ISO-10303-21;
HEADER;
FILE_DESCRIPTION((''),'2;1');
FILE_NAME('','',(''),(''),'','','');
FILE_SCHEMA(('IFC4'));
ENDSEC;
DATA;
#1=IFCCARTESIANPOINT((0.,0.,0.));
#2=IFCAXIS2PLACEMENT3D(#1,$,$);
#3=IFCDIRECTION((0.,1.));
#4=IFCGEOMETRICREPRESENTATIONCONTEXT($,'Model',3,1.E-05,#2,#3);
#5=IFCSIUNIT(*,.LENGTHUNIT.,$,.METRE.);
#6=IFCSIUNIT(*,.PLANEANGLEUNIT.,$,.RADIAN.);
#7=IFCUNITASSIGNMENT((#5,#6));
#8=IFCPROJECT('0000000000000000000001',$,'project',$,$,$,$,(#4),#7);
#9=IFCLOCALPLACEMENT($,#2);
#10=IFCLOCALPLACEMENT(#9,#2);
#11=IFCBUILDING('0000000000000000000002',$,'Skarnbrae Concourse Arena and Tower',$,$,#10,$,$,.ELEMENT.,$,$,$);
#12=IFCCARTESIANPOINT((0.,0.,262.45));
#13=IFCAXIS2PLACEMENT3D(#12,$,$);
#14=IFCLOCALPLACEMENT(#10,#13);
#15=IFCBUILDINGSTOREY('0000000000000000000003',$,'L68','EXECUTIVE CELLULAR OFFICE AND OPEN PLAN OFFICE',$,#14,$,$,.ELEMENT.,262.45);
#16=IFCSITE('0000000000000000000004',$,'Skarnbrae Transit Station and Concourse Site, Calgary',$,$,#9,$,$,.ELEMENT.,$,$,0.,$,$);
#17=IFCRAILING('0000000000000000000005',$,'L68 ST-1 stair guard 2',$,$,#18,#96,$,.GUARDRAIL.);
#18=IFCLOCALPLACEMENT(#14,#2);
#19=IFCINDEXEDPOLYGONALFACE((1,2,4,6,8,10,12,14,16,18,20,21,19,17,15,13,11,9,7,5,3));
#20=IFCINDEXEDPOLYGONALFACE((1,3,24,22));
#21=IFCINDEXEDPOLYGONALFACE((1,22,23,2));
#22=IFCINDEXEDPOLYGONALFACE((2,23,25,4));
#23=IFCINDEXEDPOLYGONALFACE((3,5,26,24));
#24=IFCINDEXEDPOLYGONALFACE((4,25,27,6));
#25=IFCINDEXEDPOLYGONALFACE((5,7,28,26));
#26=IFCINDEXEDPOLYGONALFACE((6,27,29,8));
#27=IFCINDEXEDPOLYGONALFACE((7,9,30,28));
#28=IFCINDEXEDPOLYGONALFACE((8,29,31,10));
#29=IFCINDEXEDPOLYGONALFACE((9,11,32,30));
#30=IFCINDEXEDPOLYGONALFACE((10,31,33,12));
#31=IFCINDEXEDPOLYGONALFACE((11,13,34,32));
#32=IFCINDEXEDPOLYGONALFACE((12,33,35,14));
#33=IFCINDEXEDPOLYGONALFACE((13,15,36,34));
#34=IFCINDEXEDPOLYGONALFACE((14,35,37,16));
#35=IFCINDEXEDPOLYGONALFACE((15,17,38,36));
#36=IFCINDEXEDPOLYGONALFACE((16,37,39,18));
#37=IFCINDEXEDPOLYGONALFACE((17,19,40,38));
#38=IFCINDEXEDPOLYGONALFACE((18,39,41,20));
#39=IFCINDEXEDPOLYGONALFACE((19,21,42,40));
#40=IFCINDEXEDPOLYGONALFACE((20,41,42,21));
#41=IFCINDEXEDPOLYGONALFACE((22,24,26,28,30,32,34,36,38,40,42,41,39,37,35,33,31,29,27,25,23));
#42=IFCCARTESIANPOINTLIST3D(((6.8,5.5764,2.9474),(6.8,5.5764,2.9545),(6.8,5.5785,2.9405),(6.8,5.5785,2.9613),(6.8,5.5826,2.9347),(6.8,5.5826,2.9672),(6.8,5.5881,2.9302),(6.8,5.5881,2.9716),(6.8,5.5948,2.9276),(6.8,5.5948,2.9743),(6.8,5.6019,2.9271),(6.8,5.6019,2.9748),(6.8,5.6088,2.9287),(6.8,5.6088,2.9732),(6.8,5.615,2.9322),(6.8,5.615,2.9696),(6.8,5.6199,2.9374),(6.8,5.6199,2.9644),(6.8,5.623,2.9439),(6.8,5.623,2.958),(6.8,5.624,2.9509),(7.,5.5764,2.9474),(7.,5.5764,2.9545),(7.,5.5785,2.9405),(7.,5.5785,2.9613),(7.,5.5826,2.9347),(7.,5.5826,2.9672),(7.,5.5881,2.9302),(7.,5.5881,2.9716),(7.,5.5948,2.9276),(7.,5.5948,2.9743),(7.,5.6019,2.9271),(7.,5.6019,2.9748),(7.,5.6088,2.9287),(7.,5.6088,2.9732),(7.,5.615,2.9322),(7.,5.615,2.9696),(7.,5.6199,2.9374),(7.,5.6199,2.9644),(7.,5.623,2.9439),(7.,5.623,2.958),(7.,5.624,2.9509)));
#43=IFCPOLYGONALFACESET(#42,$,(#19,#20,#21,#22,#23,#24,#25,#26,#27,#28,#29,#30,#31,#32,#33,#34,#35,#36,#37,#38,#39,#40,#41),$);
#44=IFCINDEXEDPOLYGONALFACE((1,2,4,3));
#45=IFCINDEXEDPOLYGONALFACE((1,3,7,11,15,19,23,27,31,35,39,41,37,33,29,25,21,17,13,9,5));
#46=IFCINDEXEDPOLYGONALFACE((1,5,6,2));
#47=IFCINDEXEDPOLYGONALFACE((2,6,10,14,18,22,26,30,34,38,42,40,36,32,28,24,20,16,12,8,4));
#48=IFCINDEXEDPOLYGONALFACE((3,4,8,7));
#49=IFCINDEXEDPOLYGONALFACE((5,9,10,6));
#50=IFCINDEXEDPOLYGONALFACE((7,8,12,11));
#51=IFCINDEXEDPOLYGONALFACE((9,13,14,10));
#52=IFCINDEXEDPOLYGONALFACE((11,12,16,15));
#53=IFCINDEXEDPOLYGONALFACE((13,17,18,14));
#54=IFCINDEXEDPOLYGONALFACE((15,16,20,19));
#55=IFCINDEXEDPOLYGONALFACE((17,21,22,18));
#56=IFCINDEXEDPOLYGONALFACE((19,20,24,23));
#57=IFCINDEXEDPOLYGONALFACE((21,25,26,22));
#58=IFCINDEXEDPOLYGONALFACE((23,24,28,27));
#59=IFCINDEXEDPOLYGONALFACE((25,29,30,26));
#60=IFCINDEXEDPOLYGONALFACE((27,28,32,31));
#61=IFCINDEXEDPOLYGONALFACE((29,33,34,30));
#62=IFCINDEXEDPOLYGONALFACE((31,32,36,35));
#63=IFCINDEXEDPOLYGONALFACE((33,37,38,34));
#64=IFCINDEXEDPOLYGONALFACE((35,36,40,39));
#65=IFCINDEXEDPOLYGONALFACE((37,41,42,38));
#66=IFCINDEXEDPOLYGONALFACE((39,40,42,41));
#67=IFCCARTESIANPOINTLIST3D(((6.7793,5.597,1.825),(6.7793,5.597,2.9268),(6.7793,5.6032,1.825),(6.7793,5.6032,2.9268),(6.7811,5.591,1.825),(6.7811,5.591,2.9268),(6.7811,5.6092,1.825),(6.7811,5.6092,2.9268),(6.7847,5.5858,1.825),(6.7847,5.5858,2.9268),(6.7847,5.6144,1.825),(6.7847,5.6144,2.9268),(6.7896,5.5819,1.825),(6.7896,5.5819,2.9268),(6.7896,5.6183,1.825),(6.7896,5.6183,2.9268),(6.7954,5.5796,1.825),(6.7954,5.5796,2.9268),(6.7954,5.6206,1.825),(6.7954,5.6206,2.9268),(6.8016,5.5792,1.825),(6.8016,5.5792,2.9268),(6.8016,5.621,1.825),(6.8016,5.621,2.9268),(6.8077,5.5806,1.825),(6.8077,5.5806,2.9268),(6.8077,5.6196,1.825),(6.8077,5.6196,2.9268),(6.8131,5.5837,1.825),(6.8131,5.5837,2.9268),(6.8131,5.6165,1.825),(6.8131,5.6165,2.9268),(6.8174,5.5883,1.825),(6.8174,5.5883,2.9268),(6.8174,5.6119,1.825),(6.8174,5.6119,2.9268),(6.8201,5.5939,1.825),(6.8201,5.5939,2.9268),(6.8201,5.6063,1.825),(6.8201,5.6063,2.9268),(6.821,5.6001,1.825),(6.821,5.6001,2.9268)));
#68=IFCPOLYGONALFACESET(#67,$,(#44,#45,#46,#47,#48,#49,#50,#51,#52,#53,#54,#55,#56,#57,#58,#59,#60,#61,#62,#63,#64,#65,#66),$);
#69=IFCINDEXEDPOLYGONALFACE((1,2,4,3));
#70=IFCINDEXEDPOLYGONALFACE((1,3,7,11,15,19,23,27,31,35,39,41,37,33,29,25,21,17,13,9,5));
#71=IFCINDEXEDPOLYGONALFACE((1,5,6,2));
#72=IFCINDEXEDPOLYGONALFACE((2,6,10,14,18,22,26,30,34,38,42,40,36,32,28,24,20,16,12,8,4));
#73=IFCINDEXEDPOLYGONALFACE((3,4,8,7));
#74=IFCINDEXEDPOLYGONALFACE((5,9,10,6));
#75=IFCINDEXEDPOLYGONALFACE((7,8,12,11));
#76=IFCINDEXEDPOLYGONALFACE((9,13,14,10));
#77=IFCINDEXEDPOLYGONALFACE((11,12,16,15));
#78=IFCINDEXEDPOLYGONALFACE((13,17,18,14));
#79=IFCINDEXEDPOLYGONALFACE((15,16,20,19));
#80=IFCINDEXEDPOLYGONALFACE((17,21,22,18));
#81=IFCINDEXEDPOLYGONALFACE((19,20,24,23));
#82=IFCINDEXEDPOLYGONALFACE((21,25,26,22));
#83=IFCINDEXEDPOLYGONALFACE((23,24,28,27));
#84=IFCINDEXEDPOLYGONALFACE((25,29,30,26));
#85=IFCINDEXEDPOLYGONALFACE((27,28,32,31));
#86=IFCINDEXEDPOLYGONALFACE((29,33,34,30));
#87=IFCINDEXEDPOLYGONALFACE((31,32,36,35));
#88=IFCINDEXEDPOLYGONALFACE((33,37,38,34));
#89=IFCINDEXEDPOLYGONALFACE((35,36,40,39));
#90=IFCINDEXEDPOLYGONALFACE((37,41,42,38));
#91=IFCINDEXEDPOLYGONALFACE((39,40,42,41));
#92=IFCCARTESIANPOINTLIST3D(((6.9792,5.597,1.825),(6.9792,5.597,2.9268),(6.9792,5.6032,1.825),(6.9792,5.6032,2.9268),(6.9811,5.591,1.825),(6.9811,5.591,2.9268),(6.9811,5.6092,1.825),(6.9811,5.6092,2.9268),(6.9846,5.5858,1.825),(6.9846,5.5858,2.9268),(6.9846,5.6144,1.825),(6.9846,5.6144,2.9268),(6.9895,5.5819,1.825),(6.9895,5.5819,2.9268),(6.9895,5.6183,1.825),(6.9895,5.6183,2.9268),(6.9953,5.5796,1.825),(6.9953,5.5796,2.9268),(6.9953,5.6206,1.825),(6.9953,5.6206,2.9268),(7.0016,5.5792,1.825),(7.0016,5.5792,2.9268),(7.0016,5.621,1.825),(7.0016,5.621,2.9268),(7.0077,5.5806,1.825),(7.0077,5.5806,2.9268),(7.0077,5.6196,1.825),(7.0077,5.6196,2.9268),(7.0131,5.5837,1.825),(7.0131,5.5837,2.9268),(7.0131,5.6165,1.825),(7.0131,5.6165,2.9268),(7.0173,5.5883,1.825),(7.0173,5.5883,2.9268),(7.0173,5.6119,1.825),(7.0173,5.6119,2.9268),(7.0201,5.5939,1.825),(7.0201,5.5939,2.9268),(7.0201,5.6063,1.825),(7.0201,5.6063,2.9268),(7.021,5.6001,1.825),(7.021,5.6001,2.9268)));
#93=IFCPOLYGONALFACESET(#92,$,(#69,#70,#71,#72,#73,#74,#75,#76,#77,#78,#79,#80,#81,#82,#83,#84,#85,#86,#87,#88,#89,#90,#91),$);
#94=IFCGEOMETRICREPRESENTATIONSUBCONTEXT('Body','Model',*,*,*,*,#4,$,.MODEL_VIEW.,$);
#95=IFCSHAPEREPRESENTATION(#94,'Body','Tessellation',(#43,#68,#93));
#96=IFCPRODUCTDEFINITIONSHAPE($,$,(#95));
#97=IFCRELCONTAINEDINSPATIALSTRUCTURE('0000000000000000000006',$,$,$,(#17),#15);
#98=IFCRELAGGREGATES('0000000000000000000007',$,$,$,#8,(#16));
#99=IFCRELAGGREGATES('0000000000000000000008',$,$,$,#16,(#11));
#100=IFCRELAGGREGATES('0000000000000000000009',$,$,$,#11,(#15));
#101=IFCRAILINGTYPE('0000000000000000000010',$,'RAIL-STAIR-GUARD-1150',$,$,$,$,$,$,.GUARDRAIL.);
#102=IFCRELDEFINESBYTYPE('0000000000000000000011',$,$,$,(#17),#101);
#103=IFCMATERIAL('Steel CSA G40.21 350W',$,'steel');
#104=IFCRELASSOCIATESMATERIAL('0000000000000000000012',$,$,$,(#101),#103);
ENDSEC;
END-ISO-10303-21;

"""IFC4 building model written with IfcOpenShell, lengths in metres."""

from ifc_helpers import new_model, si_unit, direction, frame, origin, origin_2d, place, context, subcontext, project, spatial, circle, extrude, material, type_object, element, save


model = new_model("IFC4")

# Units and contexts
model_context = context("Model", 3, precision=1e-05, world=origin(), true_north=direction((0.0, 1.0)))
body_context = subcontext(model_context, "Body", "Model", "MODEL_VIEW")
ifc_project = project(units=[si_unit("LENGTHUNIT", "METRE"), si_unit("PLANEANGLEUNIT", "RADIAN")], contexts=[model_context])

# Site, building, storey
site_placement = place(None, origin())
site = spatial("IfcSite", under=ifc_project, at=site_placement, Name="Skarnbrae Transit Station and Concourse Site, Calgary", CompositionType="ELEMENT", RefElevation=0.0)
building_placement = place(site_placement, origin())
building = spatial("IfcBuilding", under=site, at=building_placement, Name="Skarnbrae Concourse Arena and Tower", CompositionType="ELEMENT")
storey_placement = place(building_placement, frame((0.0, 0.0, 262.45)))
storey = spatial("IfcBuildingStorey", under=building, at=storey_placement, Name="L68", Description="EXECUTIVE CELLULAR OFFICE AND OPEN PLAN OFFICE", CompositionType="ELEMENT", Elevation=262.45)

# Shared definitions
ifc_material_1 = material(Name="Steel CSA G40.21 350W", Category="steel")

# Railing
railing_type_1 = type_object("IfcRailingType", Name="RAIL-STAIR-GUARD-1150", PredefinedType="GUARDRAIL", material=ifc_material_1)
railing_1_placement = place(storey_placement, frame((6.8, 5.6001, 1.825)))
element("IfcRailing", 1, at=railing_1_placement, inside=storey, type_object=railing_type_1, Name="L68 ST-1 stair guard 2", PredefinedType="GUARDRAIL", context=body_context, shape_type="SweptSolid", body=[
    extrude(circle(Radius=0.0239, at=origin_2d()), frame((0.0, 0.0, 1.126), z_axis=(1.0, 0.0, 0.0), x_axis=(0.0, 1.0, 0.0)), (0.0, 0.0, 1.0), 0.2),
    extrude(circle(Radius=0.021, at=origin_2d()), origin(), (0.0, 0.0, 1.0), 1.1018),
    extrude(circle(Radius=0.021, at=origin_2d()), frame((0.2, 0.0, 0.0)), (0.0, 0.0, 1.0), 1.1018),
])

save(model, "model.ifc")
